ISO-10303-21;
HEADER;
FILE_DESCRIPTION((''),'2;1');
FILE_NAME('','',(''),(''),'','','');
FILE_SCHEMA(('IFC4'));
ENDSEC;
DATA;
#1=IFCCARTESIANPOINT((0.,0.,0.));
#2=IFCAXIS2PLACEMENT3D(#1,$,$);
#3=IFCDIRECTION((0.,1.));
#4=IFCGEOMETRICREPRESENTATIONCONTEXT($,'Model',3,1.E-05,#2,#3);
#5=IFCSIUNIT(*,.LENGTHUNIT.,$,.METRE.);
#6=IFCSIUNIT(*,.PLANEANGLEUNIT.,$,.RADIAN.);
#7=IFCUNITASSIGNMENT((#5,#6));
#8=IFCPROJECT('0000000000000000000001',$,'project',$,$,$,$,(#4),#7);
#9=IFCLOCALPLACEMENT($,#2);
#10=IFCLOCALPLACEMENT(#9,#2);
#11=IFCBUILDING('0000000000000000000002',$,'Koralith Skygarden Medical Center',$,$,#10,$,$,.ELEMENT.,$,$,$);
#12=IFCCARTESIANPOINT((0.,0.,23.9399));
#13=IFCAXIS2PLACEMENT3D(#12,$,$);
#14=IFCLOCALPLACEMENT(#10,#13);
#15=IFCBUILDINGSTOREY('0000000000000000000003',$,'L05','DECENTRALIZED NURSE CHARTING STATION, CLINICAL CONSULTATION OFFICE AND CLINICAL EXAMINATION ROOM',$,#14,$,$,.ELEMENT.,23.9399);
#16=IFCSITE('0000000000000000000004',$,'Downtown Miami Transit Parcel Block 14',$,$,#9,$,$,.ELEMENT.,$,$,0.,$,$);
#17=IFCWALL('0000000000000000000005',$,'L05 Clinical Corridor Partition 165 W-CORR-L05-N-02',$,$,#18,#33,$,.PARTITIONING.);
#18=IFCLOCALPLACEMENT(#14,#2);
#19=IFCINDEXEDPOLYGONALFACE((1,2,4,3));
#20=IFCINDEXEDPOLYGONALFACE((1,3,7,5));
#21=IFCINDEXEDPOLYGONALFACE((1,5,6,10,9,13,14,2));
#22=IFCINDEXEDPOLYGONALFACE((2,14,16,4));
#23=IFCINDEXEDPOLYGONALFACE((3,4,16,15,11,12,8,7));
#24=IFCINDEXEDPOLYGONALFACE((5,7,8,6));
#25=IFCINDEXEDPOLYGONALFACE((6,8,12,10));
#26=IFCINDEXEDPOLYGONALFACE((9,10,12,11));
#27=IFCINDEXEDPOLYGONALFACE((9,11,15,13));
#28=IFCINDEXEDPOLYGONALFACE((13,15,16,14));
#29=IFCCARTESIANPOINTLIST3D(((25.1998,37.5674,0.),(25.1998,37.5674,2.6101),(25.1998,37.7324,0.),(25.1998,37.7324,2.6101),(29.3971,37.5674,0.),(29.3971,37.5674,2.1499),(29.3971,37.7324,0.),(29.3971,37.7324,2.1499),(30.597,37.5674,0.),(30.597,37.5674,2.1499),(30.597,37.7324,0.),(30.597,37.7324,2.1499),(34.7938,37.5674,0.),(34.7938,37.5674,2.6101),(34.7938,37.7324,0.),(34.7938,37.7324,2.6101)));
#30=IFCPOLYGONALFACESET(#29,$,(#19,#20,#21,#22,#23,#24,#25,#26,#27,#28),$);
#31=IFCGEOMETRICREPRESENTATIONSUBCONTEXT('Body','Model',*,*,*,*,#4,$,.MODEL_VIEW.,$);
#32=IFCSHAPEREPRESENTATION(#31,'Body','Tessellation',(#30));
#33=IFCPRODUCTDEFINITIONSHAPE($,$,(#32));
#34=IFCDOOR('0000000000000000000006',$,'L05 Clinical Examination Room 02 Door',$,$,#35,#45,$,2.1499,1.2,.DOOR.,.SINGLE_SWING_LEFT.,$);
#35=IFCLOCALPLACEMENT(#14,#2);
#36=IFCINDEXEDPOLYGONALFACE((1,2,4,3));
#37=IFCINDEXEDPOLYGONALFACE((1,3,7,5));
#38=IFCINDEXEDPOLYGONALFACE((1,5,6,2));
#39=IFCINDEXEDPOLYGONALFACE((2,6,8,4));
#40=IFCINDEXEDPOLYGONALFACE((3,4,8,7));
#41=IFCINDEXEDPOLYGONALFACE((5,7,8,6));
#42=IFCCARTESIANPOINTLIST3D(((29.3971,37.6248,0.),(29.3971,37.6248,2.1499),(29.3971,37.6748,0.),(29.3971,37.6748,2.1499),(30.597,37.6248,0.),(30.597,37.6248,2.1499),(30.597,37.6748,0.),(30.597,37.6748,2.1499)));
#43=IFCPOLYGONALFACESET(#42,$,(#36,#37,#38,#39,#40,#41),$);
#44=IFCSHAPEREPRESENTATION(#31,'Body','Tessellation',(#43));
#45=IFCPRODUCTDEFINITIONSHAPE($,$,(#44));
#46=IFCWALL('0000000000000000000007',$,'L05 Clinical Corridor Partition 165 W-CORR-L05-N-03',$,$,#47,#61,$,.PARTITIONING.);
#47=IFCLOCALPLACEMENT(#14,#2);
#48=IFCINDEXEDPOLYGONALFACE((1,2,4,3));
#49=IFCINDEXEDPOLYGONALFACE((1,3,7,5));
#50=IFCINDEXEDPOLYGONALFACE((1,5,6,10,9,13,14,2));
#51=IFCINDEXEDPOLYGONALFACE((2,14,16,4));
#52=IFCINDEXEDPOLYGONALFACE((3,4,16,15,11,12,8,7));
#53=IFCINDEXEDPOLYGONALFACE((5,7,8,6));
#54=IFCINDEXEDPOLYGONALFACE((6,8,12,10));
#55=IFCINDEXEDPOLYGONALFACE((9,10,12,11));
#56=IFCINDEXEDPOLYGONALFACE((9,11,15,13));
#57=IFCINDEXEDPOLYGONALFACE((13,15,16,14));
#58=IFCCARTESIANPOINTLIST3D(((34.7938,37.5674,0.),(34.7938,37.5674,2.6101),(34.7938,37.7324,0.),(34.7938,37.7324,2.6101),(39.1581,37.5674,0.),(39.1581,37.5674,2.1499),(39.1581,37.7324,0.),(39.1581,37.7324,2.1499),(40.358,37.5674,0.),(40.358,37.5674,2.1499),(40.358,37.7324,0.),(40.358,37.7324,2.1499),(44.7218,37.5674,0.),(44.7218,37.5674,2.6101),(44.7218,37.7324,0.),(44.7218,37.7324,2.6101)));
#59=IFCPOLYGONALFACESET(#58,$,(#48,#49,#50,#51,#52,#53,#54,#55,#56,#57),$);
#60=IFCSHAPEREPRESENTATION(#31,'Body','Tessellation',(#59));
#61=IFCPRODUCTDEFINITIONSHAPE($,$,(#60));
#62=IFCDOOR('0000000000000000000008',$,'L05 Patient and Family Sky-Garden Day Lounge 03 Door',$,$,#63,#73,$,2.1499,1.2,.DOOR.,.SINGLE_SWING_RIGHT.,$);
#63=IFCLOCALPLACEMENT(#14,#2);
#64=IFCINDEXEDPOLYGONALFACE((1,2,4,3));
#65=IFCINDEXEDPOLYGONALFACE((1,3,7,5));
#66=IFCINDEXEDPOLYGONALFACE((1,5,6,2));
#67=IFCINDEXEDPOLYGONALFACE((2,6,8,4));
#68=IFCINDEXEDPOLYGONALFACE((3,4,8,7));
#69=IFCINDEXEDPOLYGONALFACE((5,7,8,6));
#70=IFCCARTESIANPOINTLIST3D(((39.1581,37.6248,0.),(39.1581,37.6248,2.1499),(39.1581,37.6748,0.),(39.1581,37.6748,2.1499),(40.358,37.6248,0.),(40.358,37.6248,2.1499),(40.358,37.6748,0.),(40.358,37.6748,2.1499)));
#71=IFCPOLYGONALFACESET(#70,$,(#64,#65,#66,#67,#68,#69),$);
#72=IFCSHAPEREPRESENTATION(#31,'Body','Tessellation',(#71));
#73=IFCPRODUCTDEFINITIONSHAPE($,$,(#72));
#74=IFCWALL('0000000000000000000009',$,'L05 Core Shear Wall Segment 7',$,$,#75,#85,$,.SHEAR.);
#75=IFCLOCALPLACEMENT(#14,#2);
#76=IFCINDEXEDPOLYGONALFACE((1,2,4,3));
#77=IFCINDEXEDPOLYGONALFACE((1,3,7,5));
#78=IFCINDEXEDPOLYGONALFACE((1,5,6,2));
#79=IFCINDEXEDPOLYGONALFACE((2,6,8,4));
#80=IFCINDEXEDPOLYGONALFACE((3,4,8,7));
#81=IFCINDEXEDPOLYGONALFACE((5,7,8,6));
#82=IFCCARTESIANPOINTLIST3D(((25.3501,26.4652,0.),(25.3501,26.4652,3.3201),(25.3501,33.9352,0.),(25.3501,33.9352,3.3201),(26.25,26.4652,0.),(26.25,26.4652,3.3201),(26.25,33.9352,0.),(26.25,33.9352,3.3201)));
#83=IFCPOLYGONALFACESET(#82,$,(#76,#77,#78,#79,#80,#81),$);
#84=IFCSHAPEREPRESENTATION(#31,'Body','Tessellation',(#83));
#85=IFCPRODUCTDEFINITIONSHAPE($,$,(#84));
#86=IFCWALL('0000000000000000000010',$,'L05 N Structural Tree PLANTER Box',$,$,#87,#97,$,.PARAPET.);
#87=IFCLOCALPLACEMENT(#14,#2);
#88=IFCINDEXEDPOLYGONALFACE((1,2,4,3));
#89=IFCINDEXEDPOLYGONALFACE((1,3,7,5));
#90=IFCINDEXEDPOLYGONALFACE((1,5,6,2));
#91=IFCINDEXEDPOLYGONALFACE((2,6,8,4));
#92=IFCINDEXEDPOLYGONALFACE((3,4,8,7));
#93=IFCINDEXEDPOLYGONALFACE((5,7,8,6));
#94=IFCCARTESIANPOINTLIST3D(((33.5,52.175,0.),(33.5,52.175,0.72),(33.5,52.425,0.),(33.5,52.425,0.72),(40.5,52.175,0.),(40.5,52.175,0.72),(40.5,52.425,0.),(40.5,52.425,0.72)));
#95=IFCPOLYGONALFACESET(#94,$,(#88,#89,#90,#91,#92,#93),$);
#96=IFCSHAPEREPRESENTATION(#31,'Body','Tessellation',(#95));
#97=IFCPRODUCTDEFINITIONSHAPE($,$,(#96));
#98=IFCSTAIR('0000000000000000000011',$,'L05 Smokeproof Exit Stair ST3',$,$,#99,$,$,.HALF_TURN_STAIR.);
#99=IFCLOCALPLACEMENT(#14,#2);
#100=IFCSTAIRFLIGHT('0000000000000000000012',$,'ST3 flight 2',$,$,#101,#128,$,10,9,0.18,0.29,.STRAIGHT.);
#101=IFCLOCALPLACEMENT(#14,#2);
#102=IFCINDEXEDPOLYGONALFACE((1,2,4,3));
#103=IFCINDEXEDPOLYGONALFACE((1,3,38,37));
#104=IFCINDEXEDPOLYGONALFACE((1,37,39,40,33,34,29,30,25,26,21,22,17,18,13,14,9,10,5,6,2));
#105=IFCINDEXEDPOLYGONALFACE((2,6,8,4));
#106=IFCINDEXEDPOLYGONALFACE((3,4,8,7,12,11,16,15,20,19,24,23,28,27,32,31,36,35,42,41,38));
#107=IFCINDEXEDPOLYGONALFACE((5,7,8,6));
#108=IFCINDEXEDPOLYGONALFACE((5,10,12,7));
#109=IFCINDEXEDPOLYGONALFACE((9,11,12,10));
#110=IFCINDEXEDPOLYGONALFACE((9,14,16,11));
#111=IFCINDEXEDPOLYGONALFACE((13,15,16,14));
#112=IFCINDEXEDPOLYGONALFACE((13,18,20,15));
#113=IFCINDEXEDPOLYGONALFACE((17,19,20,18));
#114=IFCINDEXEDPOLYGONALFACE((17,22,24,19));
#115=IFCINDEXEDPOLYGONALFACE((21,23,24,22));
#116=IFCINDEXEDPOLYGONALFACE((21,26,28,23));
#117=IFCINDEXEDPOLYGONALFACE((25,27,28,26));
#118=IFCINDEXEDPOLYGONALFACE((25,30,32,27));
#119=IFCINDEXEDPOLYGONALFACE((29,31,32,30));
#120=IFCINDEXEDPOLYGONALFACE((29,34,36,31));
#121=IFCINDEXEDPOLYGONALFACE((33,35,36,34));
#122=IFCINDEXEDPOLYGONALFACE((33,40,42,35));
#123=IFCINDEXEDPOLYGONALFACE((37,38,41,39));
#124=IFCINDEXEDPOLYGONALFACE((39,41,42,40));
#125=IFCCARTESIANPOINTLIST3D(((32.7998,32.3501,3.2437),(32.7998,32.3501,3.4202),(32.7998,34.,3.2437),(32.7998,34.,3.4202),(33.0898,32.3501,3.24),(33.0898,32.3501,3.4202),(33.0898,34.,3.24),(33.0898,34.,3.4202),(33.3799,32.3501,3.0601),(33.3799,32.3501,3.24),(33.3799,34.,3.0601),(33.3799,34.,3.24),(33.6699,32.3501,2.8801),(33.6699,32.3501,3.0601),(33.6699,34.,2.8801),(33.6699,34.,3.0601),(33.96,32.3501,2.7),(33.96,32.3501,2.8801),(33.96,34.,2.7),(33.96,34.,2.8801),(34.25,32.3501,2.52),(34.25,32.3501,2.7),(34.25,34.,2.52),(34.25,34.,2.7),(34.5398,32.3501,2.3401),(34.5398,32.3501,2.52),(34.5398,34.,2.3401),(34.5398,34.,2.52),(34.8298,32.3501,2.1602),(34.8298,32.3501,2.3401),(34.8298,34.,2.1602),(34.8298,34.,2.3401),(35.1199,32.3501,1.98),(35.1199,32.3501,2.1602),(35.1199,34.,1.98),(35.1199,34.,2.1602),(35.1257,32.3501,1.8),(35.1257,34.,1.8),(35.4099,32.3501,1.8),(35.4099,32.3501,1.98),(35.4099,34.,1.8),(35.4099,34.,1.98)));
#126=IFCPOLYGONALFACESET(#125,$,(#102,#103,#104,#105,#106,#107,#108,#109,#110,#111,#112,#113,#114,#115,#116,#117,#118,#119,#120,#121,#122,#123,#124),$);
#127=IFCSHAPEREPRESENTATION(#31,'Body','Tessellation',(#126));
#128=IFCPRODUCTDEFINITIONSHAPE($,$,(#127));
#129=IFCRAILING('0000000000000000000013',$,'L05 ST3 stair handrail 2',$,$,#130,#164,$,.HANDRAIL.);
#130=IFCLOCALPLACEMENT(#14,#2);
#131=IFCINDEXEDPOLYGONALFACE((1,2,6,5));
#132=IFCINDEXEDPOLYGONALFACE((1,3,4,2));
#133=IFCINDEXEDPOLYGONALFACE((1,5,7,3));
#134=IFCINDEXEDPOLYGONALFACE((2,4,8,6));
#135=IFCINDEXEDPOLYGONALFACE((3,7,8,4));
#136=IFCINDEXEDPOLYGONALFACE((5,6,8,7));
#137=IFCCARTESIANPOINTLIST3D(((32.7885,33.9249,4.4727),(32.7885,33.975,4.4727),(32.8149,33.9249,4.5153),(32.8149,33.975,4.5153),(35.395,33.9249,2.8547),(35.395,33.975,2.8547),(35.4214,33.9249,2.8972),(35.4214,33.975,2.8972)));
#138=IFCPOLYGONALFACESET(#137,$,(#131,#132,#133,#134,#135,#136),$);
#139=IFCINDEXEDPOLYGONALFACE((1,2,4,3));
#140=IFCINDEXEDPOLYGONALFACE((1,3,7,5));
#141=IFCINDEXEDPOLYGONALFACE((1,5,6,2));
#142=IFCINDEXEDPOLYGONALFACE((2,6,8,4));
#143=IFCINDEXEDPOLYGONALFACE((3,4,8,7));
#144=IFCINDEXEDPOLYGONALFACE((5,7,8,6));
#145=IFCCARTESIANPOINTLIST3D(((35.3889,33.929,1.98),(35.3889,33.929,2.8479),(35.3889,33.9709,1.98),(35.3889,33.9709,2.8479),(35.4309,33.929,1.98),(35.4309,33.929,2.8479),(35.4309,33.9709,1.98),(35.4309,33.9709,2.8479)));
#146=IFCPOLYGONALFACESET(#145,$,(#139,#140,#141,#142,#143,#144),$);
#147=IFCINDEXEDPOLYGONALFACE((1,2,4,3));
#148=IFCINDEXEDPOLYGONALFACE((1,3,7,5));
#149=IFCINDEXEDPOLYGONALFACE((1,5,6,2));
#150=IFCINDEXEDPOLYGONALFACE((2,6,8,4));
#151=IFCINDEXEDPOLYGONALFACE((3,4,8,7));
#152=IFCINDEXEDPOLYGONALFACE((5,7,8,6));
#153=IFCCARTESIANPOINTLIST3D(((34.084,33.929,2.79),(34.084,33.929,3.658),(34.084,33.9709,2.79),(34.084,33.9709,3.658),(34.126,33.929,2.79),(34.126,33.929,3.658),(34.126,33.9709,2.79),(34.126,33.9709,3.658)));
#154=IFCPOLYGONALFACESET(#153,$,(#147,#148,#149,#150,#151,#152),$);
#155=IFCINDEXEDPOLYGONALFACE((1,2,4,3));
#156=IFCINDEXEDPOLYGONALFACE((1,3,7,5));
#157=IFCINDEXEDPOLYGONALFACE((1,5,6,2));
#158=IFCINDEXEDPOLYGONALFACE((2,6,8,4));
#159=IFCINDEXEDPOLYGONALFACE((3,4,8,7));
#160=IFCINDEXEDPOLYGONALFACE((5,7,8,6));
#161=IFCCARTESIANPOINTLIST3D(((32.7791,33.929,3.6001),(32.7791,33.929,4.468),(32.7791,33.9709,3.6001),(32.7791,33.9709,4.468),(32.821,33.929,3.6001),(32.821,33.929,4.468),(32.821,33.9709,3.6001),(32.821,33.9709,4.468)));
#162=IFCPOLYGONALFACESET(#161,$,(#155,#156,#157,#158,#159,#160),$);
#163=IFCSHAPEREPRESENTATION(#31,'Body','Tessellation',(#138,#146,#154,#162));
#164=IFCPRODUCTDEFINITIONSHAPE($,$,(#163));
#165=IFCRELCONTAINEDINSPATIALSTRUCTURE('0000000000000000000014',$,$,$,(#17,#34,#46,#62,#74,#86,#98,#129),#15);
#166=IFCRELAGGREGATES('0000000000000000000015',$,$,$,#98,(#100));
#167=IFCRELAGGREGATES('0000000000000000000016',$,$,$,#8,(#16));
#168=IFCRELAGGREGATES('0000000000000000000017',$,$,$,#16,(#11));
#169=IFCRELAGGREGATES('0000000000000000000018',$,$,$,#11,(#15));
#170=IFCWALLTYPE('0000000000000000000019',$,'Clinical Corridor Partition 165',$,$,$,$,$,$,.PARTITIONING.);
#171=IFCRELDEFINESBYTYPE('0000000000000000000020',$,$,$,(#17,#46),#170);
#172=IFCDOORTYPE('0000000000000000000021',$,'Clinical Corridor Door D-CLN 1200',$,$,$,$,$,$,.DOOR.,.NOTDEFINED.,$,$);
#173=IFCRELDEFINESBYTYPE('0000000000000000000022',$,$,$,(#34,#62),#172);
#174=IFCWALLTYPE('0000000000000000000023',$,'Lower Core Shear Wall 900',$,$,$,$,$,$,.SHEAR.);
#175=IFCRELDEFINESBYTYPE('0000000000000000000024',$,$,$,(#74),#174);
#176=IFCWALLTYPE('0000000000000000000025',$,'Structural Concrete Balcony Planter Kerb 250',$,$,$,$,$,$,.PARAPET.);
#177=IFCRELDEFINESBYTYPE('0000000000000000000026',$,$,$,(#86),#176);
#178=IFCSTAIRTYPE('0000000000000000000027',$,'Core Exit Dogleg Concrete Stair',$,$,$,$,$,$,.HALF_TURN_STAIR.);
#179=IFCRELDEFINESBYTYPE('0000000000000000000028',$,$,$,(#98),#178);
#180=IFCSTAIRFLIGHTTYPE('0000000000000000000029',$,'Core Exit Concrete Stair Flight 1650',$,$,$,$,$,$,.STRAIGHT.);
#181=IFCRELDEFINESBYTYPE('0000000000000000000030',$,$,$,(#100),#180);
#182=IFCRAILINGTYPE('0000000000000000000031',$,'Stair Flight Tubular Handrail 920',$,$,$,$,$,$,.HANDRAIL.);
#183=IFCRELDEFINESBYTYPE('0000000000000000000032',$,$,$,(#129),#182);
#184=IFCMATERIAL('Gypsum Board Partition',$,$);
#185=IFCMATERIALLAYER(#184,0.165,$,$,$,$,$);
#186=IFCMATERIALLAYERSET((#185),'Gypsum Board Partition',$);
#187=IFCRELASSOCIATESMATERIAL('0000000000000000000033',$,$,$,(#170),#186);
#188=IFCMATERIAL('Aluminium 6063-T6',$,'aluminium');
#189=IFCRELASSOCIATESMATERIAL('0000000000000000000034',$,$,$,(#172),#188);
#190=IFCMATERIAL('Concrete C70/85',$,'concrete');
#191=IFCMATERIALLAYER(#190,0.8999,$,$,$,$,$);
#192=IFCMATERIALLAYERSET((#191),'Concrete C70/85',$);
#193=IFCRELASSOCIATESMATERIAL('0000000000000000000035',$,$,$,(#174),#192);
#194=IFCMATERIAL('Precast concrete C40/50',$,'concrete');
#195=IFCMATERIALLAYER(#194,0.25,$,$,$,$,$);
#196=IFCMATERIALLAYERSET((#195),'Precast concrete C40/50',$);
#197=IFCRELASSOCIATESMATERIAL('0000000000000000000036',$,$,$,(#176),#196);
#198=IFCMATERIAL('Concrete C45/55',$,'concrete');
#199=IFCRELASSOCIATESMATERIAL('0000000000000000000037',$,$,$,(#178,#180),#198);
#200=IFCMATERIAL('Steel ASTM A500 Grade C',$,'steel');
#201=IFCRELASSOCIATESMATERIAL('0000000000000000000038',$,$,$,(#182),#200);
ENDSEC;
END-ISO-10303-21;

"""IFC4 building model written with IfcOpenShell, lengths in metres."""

from ifc_helpers import new_model, si_unit, direction, frame, frame_2d, origin, origin_2d, place, context, subcontext, project, spatial, polyline, rectangle, outline, extrude, material, layer, layer_set, type_object, element, fill, aggregate, save


model = new_model("IFC4")

# Units and contexts
model_context = context("Model", 3, precision=1e-05, world=origin(), true_north=direction((0.0, 1.0)))
body_context = subcontext(model_context, "Body", "Model", "MODEL_VIEW")
ifc_project = project(units=[si_unit("LENGTHUNIT", "METRE"), si_unit("PLANEANGLEUNIT", "RADIAN")], contexts=[model_context])

# Site, building, storey
site_placement = place(None, origin())
site = spatial("IfcSite", under=ifc_project, at=site_placement, Name="Downtown Miami Transit Parcel Block 14", CompositionType="ELEMENT", RefElevation=0.0)
building_placement = place(site_placement, origin())
building = spatial("IfcBuilding", under=site, at=building_placement, Name="Koralith Skygarden Medical Center", CompositionType="ELEMENT")
storey_placement = place(building_placement, frame((0.0, 0.0, 23.9399)))
storey = spatial("IfcBuildingStorey", under=building, at=storey_placement, Name="L05", Description="DECENTRALIZED NURSE CHARTING STATION, CLINICAL CONSULTATION OFFICE AND CLINICAL EXAMINATION ROOM", CompositionType="ELEMENT", Elevation=23.9399)

# Shared definitions
ifc_material_1 = material(Name="Concrete C70/85", Category="concrete")

# Shared definitions
ifc_material_2 = material(Name="Aluminium 6063-T6", Category="aluminium")

# Shared definitions
ifc_material_3 = material(Name="Concrete C45/55", Category="concrete")

# Shared definitions
ifc_material_4 = material(Name="Gypsum Board Partition")

# Walls, openings, doors
ifc_layer_1 = layer(ifc_material_4, 0.165)
ifc_layer_set_1 = layer_set([ifc_layer_1], Name="Gypsum Board Partition")
wall_type_1 = type_object("IfcWallType", Name="Clinical Corridor Partition 165", PredefinedType="PARTITIONING", material=ifc_layer_set_1)
wall_1_placement = place(storey_placement, frame((25.2, 37.6499, 0.0), z_axis=(0.0, 0.0, 1.0), x_axis=(1.0, 0.0, 0.0)))
wall_1 = element("IfcWall", 1, at=wall_1_placement, inside=storey, type_object=wall_type_1, Name="L05 Clinical Corridor Partition 165 W-CORR-L05-N-02", PredefinedType="PARTITIONING", context=body_context, shape_type="SweptSolid", body=[
    extrude(rectangle(XDim=9.594, YDim=0.165, at=frame_2d((4.7969, 0.0))), origin(), (0.0, 0.0, 1.0), 2.6101),
])
opening_1_placement = place(wall_1_placement, frame((4.197, 0.0, 0.0)))
opening_1 = element("IfcOpeningElement", 2, at=opening_1_placement, cuts=wall_1, PredefinedType="OPENING", context=body_context, shape_type="SweptSolid", body=[
    extrude(rectangle(XDim=1.2, YDim=2.1499, at=frame_2d((0.6001, 1.075))), frame((0.0, 0.0925, 0.0), z_axis=(0.0, -1.0, 0.0), x_axis=(1.0, 0.0, 0.0)), (0.0, 0.0, 1.0), 0.1851),
])
door_type = type_object("IfcDoorType", Name="Clinical Corridor Door D-CLN 1200", OperationType="NOTDEFINED", PredefinedType="DOOR", material=ifc_material_2)
door_1_placement = place(opening_1_placement, origin())
door_1 = element("IfcDoor", 3, at=door_1_placement, inside=storey, type_object=door_type, Name="L05 Clinical Examination Room 02 Door", OperationType="SINGLE_SWING_LEFT", OverallHeight=2.1499, OverallWidth=1.2, PredefinedType="DOOR", context=body_context, shape_type="SweptSolid", body=[
    extrude(rectangle(XDim=1.2, YDim=2.1499, at=frame_2d((0.6001, 1.075))), frame((0.0, 0.0249, 0.0), z_axis=(0.0, -1.0, 0.0), x_axis=(1.0, 0.0, 0.0)), (0.0, 0.0, 1.0), 0.05),
])
fill(opening_1, door_1)
wall_2_placement = place(storey_placement, frame((34.7939, 37.6499, 0.0), z_axis=(0.0, 0.0, 1.0), x_axis=(1.0, 0.0, 0.0)))
wall_2 = element("IfcWall", 4, at=wall_2_placement, inside=storey, type_object=wall_type_1, Name="L05 Clinical Corridor Partition 165 W-CORR-L05-N-03", PredefinedType="PARTITIONING", context=body_context, shape_type="SweptSolid", body=[
    extrude(rectangle(XDim=9.928, YDim=0.165, at=frame_2d((4.9639, 0.0))), origin(), (0.0, 0.0, 1.0), 2.6101),
])
opening_2_placement = place(wall_2_placement, frame((4.364, 0.0, 0.0)))
opening_2 = element("IfcOpeningElement", 5, at=opening_2_placement, cuts=wall_2, PredefinedType="OPENING", context=body_context, shape_type="SweptSolid", body=[
    extrude(rectangle(XDim=1.2, YDim=2.1499, at=frame_2d((0.6001, 1.075))), frame((0.0, 0.0925, 0.0), z_axis=(0.0, -1.0, 0.0), x_axis=(1.0, 0.0, 0.0)), (0.0, 0.0, 1.0), 0.1851),
])
door_2_placement = place(opening_2_placement, origin())
door_2 = element("IfcDoor", 6, at=door_2_placement, inside=storey, type_object=door_type, Name="L05 Patient and Family Sky-Garden Day Lounge 03 Door", OperationType="SINGLE_SWING_RIGHT", OverallHeight=2.1499, OverallWidth=1.2, PredefinedType="DOOR", context=body_context, shape_type="SweptSolid", body=[
    extrude(rectangle(XDim=1.2, YDim=2.1499, at=frame_2d((0.6001, 1.075))), frame((0.0, 0.0249, 0.0), z_axis=(0.0, -1.0, 0.0), x_axis=(1.0, 0.0, 0.0)), (0.0, 0.0, 1.0), 0.05),
])
fill(opening_2, door_2)

# Walls
ifc_layer_2 = layer(ifc_material_1, 0.8999)
ifc_layer_set_2 = layer_set([ifc_layer_2], Name="Concrete C70/85")
wall_type_2 = type_object("IfcWallType", Name="Lower Core Shear Wall 900", PredefinedType="SHEAR", material=ifc_layer_set_2)
wall_3_placement = place(storey_placement, frame((25.8, 33.9351, 0.0), z_axis=(0.0, 0.0, 1.0), x_axis=(0.0, -1.0, 0.0)))
element("IfcWall", 7, at=wall_3_placement, inside=storey, type_object=wall_type_2, Name="L05 Core Shear Wall Segment 7", PredefinedType="SHEAR", context=body_context, shape_type="SweptSolid", body=[
    extrude(rectangle(XDim=7.47, YDim=0.8999, at=frame_2d((3.7349, 0.0))), origin(), (0.0, 0.0, 1.0), 3.3201),
])
ifc_material_5 = material(Name="Precast concrete C40/50", Category="concrete")
ifc_layer_3 = layer(ifc_material_5, 0.25)
ifc_layer_set_3 = layer_set([ifc_layer_3], Name="Precast concrete C40/50")
wall_type_3 = type_object("IfcWallType", Name="Structural Concrete Balcony Planter Kerb 250", PredefinedType="PARAPET", material=ifc_layer_set_3)
wall_4_placement = place(storey_placement, frame((33.5, 52.3, 0.0), z_axis=(0.0, 0.0, 1.0), x_axis=(1.0, 0.0, 0.0)))
element("IfcWall", 8, at=wall_4_placement, inside=storey, type_object=wall_type_3, Name="L05 N Structural Tree PLANTER Box", PredefinedType="PARAPET", context=body_context, shape_type="SweptSolid", body=[
    extrude(rectangle(XDim=7.0, YDim=0.25, at=frame_2d((3.5, 0.0))), origin(), (0.0, 0.0, 1.0), 0.72),
])

# Stair, stair flight
stair_type = type_object("IfcStairType", Name="Core Exit Dogleg Concrete Stair", PredefinedType="HALF_TURN_STAIR", material=ifc_material_3)
stair_placement = place(storey_placement, origin())
stair = element("IfcStair", 9, at=stair_placement, inside=storey, type_object=stair_type, Name="L05 Smokeproof Exit Stair ST3", PredefinedType="HALF_TURN_STAIR")
stair_flight_type = type_object("IfcStairFlightType", Name="Core Exit Concrete Stair Flight 1650", PredefinedType="STRAIGHT", material=ifc_material_3)
stair_flight_placement = place(storey_placement, frame((35.4099, 33.175, 1.8), z_axis=(0.0, 0.0, 1.0), x_axis=(-1.0, 0.0, 0.0)))
stair_flight = element("IfcStairFlight", 10, at=stair_flight_placement, type_object=stair_flight_type, Name="ST3 flight 2", NumberOfRisers=10, NumberOfTreads=9, PredefinedType="STRAIGHT", RiserHeight=0.18, TreadLength=0.29, context=body_context, shape_type="SweptSolid", body=[
    extrude(outline(polyline([(0.0, 0.0), (0.0, 0.1799), (0.29, 0.1799), (0.29, 0.3601), (0.5801, 0.3601), (0.5801, 0.54), (0.8701, 0.54), (0.8701, 0.72), (1.1599, 0.72), (1.1599, 0.8999), (1.45, 0.8999), (1.45, 1.0801), (1.74, 1.0801), (1.74, 1.26), (2.03, 1.26), (2.03, 1.4399), (2.3201, 1.4399), (2.3201, 1.6201), (2.6101, 1.6201), (2.6101, 1.8), (2.6101, 1.4436), (0.2842, 0.0), (0.0, 0.0)])), frame((0.0, 0.825, 0.0), z_axis=(0.0, -1.0, 0.0), x_axis=(1.0, 0.0, 0.0)), (0.0, 0.0, 1.0), 1.6499),
])
aggregate(stair, [stair_flight])

# Railing
ifc_material_6 = material(Name="Steel ASTM A500 Grade C", Category="steel")
railing_type_1 = type_object("IfcRailingType", Name="Stair Flight Tubular Handrail 920", PredefinedType="HANDRAIL", material=ifc_material_6)
railing_1_placement = place(storey_placement, frame((35.4099, 33.95, 1.98)))
element("IfcRailing", 11, at=railing_1_placement, inside=storey, type_object=railing_type_1, Name="L05 ST3 stair handrail 2", PredefinedType="HANDRAIL", context=body_context, shape_type="SweptSolid", body=[
    extrude(rectangle(XDim=0.05, YDim=0.05, at=origin_2d()), frame((-0.0017, 0.0, 0.896), z_axis=(-0.849611, 0.0, 0.52741), x_axis=(0.0, -1.0, 0.0)), (0.0, 0.0, 1.0), 3.0679),
    extrude(rectangle(XDim=0.042, YDim=0.042, at=origin_2d()), origin(), (0.0, 0.0, 1.0), 0.8679),
    extrude(rectangle(XDim=0.042, YDim=0.042, at=origin_2d()), frame((-1.3049, 0.0, 0.8101)), (0.0, 0.0, 1.0), 0.8679),
    extrude(rectangle(XDim=0.042, YDim=0.042, at=origin_2d()), frame((-2.6099, 0.0, 1.6201)), (0.0, 0.0, 1.0), 0.8679),
])

save(model, "model.ifc")
